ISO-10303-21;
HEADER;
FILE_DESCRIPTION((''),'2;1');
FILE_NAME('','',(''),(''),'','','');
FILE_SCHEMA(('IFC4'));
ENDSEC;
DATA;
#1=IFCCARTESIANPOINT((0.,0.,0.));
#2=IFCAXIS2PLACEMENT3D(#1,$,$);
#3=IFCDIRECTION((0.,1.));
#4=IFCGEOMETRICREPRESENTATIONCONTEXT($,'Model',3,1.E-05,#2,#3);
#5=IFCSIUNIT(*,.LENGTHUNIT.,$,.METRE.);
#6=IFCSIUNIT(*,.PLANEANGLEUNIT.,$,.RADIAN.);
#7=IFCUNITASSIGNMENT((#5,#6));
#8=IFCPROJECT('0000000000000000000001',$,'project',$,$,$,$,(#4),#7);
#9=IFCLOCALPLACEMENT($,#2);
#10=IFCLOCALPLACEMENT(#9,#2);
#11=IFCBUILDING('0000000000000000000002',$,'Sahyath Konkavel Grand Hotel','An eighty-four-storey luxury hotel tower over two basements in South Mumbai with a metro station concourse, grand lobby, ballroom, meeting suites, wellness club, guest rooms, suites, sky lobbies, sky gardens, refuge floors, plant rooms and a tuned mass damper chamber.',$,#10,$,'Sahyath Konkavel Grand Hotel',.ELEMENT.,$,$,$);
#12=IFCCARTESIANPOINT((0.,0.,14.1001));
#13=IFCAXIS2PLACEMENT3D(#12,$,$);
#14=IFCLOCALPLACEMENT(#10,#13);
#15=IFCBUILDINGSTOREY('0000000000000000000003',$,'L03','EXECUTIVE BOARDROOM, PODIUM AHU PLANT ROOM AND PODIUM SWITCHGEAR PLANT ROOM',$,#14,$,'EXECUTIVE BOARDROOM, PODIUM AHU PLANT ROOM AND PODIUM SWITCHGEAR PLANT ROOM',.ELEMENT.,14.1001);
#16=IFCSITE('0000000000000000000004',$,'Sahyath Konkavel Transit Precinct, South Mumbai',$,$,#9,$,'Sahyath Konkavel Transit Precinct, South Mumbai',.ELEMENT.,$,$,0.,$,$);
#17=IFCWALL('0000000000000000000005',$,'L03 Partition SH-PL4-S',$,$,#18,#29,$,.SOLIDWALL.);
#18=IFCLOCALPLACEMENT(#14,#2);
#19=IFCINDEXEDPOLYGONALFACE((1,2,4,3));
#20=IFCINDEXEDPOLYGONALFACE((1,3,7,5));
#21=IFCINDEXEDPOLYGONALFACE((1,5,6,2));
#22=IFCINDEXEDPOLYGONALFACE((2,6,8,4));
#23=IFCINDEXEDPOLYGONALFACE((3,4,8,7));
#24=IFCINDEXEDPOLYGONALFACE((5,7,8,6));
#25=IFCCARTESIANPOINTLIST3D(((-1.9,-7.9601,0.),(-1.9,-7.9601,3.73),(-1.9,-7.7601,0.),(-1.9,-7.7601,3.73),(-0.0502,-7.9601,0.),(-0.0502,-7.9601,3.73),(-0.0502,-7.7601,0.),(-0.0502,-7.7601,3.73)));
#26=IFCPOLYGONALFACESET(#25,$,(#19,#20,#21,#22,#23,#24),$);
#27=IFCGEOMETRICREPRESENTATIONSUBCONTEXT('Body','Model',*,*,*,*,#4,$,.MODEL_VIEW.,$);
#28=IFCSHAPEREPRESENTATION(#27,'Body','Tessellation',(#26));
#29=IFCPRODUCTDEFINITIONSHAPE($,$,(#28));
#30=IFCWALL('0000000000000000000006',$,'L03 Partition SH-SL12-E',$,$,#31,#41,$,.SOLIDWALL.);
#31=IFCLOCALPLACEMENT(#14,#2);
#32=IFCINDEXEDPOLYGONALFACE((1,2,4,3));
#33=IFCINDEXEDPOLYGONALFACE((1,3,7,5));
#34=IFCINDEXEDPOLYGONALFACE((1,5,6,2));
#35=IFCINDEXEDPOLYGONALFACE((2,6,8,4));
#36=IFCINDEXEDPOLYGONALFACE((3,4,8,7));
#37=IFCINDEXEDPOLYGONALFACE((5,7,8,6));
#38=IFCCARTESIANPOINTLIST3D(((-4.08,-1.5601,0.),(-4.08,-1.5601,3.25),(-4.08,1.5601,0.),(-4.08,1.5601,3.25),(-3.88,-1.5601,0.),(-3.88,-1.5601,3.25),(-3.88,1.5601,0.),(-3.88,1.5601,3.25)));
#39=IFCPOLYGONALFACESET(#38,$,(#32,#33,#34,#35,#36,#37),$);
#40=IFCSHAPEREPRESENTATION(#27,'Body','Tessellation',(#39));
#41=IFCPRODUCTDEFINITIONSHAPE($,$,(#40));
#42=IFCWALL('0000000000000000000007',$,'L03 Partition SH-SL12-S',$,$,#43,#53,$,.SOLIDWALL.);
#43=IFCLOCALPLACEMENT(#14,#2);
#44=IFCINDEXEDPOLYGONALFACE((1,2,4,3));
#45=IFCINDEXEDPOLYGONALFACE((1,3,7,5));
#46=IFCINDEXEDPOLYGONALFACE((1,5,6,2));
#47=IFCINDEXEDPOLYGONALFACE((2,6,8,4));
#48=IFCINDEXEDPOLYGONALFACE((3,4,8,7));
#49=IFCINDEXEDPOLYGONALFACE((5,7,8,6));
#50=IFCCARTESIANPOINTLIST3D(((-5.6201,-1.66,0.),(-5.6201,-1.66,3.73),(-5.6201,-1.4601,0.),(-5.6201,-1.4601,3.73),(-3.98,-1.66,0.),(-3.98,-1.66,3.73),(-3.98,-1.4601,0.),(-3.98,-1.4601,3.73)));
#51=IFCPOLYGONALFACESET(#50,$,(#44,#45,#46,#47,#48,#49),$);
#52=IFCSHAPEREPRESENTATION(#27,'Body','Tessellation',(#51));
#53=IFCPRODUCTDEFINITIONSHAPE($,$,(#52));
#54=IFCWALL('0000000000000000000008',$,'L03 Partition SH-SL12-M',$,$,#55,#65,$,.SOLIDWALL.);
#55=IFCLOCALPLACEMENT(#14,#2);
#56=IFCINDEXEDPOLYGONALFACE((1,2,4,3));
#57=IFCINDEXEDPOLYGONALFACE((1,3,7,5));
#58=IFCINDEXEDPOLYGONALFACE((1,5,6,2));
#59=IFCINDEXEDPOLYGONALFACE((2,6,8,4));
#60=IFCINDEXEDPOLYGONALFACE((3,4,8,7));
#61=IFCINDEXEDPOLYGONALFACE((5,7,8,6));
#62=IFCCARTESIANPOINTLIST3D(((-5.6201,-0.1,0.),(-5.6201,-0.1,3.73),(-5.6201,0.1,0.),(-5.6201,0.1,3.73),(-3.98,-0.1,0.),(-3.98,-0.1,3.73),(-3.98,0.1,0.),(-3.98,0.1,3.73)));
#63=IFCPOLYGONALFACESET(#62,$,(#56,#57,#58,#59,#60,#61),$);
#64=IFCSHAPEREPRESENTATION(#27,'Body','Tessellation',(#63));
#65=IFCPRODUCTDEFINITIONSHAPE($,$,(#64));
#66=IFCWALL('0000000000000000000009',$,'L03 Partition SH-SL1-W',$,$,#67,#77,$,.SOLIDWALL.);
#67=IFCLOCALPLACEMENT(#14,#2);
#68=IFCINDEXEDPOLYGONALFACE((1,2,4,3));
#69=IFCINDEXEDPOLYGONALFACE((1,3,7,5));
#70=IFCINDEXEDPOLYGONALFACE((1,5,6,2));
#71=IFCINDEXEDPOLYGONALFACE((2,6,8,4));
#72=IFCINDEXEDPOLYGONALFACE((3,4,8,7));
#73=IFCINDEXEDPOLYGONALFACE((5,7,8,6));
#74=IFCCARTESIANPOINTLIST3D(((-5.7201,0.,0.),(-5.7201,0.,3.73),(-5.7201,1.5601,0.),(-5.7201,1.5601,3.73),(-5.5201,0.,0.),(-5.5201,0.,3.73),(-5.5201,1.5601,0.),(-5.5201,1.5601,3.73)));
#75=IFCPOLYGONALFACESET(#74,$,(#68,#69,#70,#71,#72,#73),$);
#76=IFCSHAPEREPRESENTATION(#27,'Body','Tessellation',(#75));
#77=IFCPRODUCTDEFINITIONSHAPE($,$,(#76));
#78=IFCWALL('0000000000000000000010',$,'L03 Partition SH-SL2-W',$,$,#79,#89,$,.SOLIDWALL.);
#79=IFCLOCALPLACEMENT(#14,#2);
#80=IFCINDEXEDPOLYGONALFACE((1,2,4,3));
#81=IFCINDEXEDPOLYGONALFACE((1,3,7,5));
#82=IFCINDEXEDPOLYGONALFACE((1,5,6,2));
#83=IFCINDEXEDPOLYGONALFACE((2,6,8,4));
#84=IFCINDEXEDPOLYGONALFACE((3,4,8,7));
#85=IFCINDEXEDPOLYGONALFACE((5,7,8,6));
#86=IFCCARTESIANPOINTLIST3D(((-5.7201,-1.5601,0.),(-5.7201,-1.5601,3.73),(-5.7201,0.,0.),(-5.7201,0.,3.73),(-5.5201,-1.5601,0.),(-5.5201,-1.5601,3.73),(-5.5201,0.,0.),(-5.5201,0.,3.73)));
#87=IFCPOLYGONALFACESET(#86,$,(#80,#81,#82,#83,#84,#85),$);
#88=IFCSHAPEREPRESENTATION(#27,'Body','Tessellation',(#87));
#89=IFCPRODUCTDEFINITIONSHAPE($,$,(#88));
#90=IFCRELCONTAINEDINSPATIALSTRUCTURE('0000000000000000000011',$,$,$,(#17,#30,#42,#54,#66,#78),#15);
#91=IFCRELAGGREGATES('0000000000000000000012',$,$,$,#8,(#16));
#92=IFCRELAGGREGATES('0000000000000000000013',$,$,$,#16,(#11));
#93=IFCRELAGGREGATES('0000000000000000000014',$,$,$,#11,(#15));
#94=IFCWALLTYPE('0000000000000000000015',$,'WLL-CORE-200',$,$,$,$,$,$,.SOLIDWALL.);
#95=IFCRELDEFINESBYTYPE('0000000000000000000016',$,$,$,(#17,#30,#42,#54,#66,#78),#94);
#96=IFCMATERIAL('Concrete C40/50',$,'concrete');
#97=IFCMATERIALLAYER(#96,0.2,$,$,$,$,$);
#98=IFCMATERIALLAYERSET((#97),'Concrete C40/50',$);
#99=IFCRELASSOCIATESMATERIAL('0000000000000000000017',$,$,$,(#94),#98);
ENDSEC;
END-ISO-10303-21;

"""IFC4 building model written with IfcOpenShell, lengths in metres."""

from ifc_helpers import new_model, si_unit, direction, frame, frame_2d, origin, place, context, subcontext, project, spatial, rectangle, extrude, material, layer, layer_set, type_object, element, save


model = new_model("IFC4")

# Units and contexts
model_context = context("Model", 3, precision=1e-05, world=origin(), true_north=direction((0.0, 1.0)))
body_context = subcontext(model_context, "Body", "Model", "MODEL_VIEW")
ifc_project = project(units=[si_unit("LENGTHUNIT", "METRE"), si_unit("PLANEANGLEUNIT", "RADIAN")], contexts=[model_context])

# Site, building, storey
site_placement = place(None, origin())
site = spatial("IfcSite", under=ifc_project, at=site_placement, Name="Sahyath Konkavel Transit Precinct, South Mumbai", LongName="Sahyath Konkavel Transit Precinct, South Mumbai", CompositionType="ELEMENT", RefElevation=0.0)
building_placement = place(site_placement, origin())
building = spatial("IfcBuilding", under=site, at=building_placement, Name="Sahyath Konkavel Grand Hotel", Description="An eighty-four-storey luxury hotel tower over two basements in South Mumbai with a metro station concourse, grand lobby, ballroom, meeting suites, wellness club, guest rooms, suites, sky lobbies, sky gardens, refuge floors, plant rooms and a tuned mass damper chamber.", LongName="Sahyath Konkavel Grand Hotel", CompositionType="ELEMENT")
storey_placement = place(building_placement, frame((0.0, 0.0, 14.1001)))
storey = spatial("IfcBuildingStorey", under=building, at=storey_placement, Name="L03", Description="EXECUTIVE BOARDROOM, PODIUM AHU PLANT ROOM AND PODIUM SWITCHGEAR PLANT ROOM", LongName="EXECUTIVE BOARDROOM, PODIUM AHU PLANT ROOM AND PODIUM SWITCHGEAR PLANT ROOM", CompositionType="ELEMENT", Elevation=14.1001)

# Shared definitions
ifc_material_1 = material(Name="Concrete C40/50", Category="concrete")

# Shared definitions
ifc_layer_1 = layer(ifc_material_1, 0.2)
ifc_layer_set_1 = layer_set([ifc_layer_1], Name="Concrete C40/50")
wall_type = type_object("IfcWallType", Name="WLL-CORE-200", PredefinedType="SOLIDWALL", material=ifc_layer_set_1)

# Walls
wall_1_placement = place(storey_placement, frame((-1.8999, -7.8601, 0.0), z_axis=(0.0, 0.0, 1.0), x_axis=(1.0, 0.0, 0.0)))
element("IfcWall", 1, at=wall_1_placement, inside=storey, type_object=wall_type, Name="L03 Partition SH-PL4-S", PredefinedType="SOLIDWALL", context=body_context, shape_type="SweptSolid", body=[
    extrude(rectangle(XDim=1.8499, YDim=0.2, at=frame_2d((0.9248, 0.0))), origin(), (0.0, 0.0, 1.0), 3.73),
])
wall_2_placement = place(storey_placement, frame((-3.98, -1.5601, 0.0), z_axis=(0.0, 0.0, 1.0), x_axis=(0.0, 1.0, 0.0)))
element("IfcWall", 2, at=wall_2_placement, inside=storey, type_object=wall_type, Name="L03 Partition SH-SL12-E", PredefinedType="SOLIDWALL", context=body_context, shape_type="SweptSolid", body=[
    extrude(rectangle(XDim=3.1201, YDim=0.2, at=frame_2d((1.5601, 0.0))), origin(), (0.0, 0.0, 1.0), 3.25),
])
for number, where, z_axis, x_axis, name in (
    (3, (-5.6201, -1.5601, 0.0), (0.0, 0.0, 1.0), (1.0, 0.0, 0.0), "L03 Partition SH-SL12-S"),
    (4, (-5.6201, 0.0, 0.0), (0.0, 0.0, 1.0), (1.0, 0.0, 0.0), "L03 Partition SH-SL12-M"),
):
    element("IfcWall", number, at=place(storey_placement, frame(where, z_axis=z_axis, x_axis=x_axis)), inside=storey, type_object=wall_type, Name=name, PredefinedType="SOLIDWALL", context=body_context, shape_type="SweptSolid", body=[
        extrude(rectangle(XDim=1.6401, YDim=0.2, at=frame_2d((0.8201, 0.0))), origin(), (0.0, 0.0, 1.0), 3.73),
    ])
for number, where, z_axis, x_axis, name in (
    (5, (-5.6201, 0.0, 0.0), (0.0, 0.0, 1.0), (0.0, 1.0, 0.0), "L03 Partition SH-SL1-W"),
    (6, (-5.6201, -1.5601, 0.0), (0.0, 0.0, 1.0), (0.0, 1.0, 0.0), "L03 Partition SH-SL2-W"),
):
    element("IfcWall", number, at=place(storey_placement, frame(where, z_axis=z_axis, x_axis=x_axis)), inside=storey, type_object=wall_type, Name=name, PredefinedType="SOLIDWALL", context=body_context, shape_type="SweptSolid", body=[
        extrude(rectangle(XDim=1.5601, YDim=0.2, at=frame_2d((0.78, 0.0))), origin(), (0.0, 0.0, 1.0), 3.73),
    ])

save(model, "model.ifc")
